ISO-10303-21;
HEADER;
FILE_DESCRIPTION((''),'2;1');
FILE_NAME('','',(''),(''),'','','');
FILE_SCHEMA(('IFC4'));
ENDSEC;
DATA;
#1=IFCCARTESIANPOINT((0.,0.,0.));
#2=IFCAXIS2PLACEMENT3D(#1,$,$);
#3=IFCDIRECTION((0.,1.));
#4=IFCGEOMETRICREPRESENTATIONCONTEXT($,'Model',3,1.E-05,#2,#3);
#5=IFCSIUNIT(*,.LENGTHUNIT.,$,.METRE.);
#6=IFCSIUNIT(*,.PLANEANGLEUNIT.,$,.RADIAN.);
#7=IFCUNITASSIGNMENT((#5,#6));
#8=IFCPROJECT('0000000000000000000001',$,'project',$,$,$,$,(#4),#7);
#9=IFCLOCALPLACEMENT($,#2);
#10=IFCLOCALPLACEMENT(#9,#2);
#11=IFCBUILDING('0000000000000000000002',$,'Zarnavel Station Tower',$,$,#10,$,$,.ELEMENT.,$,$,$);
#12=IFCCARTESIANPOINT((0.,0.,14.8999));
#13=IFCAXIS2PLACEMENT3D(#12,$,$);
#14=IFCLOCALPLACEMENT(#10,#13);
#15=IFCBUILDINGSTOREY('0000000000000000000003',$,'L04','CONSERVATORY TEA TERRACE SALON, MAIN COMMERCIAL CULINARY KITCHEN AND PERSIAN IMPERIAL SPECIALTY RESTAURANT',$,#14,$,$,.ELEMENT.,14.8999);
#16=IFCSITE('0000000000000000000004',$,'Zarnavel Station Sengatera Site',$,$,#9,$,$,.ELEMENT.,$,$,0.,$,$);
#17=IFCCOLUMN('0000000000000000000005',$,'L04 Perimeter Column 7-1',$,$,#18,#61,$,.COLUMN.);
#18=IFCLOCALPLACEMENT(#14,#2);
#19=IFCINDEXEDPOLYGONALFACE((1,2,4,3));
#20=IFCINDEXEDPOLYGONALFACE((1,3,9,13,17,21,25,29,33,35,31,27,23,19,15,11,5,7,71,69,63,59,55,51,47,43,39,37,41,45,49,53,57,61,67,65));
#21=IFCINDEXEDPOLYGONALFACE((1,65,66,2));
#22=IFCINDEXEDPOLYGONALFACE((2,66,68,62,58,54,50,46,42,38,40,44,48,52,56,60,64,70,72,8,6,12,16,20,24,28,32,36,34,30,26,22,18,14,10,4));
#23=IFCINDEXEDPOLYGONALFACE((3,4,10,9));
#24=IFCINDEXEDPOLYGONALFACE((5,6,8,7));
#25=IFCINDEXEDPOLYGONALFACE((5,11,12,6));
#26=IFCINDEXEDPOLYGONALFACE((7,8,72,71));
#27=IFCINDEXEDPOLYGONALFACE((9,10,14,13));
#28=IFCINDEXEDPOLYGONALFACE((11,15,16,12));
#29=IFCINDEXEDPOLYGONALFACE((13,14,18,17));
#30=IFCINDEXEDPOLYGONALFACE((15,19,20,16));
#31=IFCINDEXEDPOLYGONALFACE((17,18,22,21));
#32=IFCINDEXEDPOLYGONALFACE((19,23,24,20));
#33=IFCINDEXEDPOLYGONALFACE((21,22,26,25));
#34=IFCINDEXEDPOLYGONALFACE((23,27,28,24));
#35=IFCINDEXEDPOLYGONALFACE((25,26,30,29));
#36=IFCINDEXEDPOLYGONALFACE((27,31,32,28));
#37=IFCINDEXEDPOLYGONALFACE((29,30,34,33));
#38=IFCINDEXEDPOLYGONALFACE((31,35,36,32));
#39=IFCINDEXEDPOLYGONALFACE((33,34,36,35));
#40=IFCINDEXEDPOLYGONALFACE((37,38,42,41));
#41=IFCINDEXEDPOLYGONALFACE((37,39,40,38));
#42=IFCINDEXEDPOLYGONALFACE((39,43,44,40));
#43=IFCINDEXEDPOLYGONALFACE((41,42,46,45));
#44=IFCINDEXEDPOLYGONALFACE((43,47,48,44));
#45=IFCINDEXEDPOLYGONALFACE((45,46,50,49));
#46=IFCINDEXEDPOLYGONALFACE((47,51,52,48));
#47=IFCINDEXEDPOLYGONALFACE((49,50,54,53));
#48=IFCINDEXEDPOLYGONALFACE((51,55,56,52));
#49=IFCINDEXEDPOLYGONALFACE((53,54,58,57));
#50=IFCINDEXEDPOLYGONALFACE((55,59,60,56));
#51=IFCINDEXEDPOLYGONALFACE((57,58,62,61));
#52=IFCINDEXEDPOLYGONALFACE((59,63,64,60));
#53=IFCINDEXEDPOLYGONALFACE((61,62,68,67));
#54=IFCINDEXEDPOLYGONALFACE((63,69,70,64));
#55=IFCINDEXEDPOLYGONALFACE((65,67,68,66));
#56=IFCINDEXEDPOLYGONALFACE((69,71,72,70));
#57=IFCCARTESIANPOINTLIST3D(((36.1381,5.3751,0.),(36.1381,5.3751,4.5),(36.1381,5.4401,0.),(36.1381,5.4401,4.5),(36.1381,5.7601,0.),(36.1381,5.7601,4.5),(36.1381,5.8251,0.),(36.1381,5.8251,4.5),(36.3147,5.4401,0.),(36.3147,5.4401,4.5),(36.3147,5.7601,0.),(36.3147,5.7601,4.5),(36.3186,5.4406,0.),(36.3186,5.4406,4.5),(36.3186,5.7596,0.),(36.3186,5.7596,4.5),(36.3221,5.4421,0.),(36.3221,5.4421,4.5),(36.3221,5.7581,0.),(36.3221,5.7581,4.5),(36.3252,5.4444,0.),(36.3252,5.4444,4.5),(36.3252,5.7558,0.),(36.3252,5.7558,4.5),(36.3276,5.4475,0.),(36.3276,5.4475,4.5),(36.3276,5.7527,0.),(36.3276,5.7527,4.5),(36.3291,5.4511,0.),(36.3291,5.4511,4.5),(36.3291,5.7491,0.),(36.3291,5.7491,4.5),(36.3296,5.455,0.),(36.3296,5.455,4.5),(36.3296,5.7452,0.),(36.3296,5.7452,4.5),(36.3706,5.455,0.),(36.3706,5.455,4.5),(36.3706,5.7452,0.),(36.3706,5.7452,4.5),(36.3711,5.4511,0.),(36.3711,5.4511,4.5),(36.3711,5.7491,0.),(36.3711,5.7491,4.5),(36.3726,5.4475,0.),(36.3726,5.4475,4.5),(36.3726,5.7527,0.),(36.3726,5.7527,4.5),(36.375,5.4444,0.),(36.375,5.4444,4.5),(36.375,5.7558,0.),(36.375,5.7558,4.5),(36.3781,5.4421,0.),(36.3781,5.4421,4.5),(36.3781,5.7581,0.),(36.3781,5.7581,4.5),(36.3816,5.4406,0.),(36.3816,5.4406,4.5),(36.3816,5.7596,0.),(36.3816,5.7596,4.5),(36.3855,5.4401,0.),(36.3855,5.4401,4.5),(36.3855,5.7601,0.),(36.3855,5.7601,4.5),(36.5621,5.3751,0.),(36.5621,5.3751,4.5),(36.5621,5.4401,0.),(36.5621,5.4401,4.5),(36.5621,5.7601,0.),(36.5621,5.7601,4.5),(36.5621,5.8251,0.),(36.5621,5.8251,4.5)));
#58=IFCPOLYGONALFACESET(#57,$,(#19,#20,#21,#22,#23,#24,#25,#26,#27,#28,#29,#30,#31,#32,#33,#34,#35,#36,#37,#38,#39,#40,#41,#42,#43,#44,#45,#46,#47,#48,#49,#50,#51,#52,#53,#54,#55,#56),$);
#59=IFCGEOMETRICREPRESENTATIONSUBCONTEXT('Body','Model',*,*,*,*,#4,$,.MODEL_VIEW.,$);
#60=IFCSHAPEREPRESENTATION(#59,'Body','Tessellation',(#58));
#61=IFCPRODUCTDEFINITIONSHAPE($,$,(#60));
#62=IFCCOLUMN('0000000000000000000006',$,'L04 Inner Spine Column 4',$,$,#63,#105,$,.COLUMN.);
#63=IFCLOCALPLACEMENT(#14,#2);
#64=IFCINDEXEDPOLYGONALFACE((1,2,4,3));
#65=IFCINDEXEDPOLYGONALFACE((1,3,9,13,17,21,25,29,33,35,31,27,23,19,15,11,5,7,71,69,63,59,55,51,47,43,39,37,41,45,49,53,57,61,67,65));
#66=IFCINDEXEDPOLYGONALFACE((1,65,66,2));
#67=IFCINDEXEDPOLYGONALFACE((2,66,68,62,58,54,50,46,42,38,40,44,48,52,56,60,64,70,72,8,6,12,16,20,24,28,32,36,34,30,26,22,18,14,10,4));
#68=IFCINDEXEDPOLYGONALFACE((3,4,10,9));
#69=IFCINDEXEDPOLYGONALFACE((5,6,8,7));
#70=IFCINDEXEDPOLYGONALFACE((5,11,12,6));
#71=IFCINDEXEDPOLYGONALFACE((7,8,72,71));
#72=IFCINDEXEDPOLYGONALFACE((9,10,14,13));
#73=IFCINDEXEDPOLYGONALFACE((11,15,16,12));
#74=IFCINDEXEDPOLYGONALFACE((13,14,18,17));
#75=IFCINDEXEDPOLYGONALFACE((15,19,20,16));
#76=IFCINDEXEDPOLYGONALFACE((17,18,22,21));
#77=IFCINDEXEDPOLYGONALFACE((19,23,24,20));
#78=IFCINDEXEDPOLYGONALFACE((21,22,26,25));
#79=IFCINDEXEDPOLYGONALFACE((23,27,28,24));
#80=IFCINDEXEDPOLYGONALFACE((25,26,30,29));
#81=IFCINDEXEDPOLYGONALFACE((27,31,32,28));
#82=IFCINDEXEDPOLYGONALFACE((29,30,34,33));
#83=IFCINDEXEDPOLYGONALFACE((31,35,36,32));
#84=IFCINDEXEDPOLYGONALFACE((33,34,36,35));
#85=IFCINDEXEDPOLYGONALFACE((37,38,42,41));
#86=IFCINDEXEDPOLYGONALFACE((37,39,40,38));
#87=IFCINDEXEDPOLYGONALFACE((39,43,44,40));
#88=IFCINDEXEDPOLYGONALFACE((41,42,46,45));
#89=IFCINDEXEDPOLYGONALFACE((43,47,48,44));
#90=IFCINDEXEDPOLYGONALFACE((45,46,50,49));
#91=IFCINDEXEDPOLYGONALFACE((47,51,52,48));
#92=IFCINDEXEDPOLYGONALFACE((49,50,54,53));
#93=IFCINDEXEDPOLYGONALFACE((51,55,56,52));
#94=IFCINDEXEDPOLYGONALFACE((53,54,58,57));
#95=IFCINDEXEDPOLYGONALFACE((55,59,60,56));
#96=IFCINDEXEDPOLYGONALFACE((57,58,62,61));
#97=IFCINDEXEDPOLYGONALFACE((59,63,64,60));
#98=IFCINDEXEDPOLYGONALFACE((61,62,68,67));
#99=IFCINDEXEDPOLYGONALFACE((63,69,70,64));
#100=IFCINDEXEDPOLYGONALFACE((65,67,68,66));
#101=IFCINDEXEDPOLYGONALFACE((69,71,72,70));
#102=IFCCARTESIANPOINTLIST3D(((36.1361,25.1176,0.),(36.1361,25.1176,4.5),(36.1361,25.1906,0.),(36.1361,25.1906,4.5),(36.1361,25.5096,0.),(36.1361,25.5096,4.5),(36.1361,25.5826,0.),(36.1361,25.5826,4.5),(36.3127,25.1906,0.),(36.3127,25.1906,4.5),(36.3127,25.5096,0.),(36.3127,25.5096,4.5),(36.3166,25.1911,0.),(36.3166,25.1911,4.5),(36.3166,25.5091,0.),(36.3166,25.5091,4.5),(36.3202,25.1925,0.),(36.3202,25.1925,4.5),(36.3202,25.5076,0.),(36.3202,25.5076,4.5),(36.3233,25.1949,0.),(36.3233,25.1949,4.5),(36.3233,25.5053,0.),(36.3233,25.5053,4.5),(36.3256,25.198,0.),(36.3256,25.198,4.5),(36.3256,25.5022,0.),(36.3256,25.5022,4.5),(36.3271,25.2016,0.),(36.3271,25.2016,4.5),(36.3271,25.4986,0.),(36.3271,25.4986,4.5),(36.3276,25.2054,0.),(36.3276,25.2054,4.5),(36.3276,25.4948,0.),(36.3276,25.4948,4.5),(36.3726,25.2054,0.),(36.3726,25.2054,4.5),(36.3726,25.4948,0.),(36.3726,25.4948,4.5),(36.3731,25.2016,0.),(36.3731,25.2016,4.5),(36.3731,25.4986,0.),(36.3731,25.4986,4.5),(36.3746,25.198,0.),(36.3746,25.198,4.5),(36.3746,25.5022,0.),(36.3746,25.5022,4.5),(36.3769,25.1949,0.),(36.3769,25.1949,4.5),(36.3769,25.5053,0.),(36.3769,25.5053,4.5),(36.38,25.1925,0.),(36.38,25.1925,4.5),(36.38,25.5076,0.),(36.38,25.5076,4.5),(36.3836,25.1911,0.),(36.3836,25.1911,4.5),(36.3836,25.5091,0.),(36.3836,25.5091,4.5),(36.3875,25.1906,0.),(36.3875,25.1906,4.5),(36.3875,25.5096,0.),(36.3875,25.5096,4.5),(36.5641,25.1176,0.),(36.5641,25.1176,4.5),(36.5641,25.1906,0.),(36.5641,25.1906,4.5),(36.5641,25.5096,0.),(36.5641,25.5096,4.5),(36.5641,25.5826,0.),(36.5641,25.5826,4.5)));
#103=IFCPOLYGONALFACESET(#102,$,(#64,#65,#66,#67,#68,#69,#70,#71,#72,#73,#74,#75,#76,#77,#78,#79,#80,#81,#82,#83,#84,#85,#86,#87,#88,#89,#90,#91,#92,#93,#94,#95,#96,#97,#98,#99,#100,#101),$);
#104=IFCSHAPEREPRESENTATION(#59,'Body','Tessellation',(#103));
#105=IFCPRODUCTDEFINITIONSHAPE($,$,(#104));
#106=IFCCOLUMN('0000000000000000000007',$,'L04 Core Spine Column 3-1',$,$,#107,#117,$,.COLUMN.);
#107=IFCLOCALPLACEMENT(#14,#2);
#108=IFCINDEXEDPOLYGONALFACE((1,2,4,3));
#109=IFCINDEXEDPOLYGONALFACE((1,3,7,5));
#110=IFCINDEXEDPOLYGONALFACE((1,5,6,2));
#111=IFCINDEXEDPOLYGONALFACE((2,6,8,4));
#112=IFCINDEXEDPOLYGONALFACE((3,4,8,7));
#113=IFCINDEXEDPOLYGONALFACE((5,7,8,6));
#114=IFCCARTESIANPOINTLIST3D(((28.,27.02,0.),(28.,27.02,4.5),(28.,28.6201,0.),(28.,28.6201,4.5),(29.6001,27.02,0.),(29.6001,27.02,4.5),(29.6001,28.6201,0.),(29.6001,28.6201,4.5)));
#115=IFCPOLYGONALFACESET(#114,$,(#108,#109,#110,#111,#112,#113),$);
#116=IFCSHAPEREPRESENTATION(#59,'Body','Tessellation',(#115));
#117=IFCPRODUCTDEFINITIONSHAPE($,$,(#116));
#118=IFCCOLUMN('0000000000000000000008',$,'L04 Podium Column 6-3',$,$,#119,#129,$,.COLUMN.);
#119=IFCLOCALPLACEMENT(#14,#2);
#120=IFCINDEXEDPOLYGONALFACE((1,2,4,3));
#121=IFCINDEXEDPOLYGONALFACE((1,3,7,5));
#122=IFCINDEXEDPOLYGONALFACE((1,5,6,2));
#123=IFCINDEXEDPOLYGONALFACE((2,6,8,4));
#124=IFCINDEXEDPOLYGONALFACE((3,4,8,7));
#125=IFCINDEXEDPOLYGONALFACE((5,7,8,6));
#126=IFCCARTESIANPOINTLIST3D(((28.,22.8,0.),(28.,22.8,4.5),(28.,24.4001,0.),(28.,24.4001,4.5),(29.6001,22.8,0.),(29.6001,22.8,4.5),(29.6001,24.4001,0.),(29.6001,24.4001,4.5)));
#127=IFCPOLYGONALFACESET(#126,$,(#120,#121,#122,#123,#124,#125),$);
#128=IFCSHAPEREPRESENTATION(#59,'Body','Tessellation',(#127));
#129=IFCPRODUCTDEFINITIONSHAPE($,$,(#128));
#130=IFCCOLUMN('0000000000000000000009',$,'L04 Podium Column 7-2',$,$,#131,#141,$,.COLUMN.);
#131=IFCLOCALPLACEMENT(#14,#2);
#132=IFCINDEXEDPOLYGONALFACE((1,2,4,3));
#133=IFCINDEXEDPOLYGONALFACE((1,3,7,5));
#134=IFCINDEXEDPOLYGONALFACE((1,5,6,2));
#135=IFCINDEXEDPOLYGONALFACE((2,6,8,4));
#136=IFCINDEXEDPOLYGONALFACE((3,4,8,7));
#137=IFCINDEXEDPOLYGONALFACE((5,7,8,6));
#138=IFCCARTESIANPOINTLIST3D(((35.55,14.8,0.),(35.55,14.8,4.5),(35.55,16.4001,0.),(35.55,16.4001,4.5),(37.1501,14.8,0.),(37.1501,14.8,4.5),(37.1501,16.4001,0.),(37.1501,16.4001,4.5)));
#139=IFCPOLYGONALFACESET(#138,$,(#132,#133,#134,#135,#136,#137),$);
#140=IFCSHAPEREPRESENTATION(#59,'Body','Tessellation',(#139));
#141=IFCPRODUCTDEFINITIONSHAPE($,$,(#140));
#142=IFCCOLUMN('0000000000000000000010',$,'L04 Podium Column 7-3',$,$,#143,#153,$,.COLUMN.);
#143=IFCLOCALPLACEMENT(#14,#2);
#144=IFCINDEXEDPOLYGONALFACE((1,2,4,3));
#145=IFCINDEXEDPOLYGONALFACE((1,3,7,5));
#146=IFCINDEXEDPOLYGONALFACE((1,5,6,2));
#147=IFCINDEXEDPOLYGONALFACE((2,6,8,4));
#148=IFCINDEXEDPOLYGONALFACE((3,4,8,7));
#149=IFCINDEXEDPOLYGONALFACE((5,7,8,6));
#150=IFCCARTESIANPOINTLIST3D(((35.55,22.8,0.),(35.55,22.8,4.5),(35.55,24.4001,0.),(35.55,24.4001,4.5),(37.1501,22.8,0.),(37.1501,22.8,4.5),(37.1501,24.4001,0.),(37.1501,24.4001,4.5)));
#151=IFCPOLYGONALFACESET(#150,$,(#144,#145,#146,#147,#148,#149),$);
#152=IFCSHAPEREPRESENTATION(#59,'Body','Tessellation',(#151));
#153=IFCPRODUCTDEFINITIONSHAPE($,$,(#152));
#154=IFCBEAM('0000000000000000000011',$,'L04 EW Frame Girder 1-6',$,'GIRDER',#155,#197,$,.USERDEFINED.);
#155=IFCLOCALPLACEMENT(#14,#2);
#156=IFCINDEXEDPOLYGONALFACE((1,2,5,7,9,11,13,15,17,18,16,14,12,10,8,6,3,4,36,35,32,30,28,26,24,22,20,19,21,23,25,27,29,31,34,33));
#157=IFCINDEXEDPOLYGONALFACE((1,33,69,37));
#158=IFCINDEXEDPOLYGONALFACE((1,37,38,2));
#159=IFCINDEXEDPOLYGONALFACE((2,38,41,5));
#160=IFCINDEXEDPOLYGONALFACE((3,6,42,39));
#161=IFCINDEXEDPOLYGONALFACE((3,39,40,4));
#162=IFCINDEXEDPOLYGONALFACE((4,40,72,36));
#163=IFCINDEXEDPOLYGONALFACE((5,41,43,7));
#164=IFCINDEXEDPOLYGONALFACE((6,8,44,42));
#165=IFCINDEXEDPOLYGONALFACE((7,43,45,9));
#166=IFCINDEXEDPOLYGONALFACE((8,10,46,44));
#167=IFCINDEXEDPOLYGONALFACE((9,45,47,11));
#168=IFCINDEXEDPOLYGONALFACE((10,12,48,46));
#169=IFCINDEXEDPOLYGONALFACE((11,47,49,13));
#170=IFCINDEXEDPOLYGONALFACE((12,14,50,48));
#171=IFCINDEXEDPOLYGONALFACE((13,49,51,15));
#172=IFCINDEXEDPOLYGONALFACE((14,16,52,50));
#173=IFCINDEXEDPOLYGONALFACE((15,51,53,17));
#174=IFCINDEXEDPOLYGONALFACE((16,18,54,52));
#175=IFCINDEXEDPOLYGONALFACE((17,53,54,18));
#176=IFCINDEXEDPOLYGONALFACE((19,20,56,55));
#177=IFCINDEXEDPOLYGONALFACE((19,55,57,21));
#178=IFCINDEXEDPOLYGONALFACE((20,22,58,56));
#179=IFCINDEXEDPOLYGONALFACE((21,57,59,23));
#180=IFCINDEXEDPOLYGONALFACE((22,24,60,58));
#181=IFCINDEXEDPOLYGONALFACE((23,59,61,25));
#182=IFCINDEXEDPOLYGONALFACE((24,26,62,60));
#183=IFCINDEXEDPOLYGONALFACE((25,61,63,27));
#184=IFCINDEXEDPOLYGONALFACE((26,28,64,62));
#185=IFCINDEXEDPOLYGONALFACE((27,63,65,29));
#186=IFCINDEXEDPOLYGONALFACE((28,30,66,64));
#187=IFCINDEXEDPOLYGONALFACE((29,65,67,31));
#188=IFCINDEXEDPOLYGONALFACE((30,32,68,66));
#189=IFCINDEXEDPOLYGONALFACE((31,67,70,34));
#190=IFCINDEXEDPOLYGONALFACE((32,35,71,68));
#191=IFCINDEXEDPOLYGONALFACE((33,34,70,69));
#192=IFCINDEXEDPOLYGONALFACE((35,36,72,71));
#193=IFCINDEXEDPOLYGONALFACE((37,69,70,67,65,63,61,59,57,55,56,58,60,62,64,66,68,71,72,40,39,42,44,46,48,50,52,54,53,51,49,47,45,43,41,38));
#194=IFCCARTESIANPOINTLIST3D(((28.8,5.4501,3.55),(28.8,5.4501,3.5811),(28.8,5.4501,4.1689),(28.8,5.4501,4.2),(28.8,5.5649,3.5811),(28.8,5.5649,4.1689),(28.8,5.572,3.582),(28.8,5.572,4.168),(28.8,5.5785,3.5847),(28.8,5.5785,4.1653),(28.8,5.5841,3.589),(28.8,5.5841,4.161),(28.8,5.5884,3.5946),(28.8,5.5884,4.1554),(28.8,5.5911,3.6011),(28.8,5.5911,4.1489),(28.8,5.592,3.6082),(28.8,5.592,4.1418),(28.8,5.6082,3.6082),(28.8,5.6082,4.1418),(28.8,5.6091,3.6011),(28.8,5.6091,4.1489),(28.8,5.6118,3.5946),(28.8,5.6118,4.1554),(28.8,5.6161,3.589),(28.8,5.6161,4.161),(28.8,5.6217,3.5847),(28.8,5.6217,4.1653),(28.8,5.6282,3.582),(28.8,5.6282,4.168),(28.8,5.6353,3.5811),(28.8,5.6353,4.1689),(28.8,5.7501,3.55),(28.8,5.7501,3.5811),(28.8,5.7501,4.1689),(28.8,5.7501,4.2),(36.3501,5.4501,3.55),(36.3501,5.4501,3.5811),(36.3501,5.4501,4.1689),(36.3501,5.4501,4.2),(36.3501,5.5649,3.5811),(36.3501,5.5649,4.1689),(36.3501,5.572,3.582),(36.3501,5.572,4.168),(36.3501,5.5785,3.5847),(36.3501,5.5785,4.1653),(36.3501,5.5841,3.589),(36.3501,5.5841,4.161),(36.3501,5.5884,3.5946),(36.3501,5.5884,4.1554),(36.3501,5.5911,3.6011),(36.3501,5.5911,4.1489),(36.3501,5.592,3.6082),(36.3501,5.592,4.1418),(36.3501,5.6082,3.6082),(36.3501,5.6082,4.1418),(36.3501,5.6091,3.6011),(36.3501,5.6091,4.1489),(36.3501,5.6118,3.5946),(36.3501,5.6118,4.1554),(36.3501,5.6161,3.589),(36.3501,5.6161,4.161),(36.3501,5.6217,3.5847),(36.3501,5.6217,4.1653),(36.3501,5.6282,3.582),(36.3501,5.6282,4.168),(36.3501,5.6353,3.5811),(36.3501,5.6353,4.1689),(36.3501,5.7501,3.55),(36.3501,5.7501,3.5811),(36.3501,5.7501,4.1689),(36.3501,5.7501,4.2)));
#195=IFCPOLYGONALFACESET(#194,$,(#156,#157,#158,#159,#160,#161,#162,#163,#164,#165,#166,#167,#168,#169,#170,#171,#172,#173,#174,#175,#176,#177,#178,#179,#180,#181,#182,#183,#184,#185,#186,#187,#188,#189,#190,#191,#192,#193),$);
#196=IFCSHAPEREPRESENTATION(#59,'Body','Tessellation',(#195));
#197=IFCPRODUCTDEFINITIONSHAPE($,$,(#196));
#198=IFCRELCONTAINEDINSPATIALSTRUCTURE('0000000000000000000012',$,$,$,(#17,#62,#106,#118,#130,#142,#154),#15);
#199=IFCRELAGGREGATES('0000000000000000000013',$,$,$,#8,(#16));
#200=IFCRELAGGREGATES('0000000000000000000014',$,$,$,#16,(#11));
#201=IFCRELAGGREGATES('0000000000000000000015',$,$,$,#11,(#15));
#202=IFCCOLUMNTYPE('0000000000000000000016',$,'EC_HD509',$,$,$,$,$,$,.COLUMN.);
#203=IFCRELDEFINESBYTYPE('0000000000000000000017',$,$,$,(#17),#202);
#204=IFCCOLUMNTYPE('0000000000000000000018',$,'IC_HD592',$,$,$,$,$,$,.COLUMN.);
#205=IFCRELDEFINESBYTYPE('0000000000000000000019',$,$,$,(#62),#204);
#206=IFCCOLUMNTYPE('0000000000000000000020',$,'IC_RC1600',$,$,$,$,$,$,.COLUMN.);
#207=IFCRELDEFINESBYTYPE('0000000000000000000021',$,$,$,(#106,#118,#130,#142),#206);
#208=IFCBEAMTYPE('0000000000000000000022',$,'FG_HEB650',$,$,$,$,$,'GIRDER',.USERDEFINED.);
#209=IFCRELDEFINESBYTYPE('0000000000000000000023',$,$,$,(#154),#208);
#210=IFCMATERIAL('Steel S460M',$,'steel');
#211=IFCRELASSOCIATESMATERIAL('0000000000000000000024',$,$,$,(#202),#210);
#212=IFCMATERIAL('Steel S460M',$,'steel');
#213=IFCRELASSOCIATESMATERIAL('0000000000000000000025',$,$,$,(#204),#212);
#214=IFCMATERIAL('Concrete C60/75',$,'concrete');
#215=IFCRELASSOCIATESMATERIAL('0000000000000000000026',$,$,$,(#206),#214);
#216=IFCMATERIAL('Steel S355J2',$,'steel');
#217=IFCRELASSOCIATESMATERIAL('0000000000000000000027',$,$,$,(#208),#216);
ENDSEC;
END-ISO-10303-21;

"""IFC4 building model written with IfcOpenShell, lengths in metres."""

from ifc_helpers import new_model, si_unit, direction, frame, origin, origin_2d, place, context, subcontext, project, spatial, rectangle, i_section, extrude, material, material_profile, profile_set, type_object, element, save


model = new_model("IFC4")

# Units and contexts
model_context = context("Model", 3, precision=1e-05, world=origin(), true_north=direction((0.0, 1.0)))
body_context = subcontext(model_context, "Body", "Model", "MODEL_VIEW")
ifc_project = project(units=[si_unit("LENGTHUNIT", "METRE"), si_unit("PLANEANGLEUNIT", "RADIAN")], contexts=[model_context])

# Site, building, storey
site_placement = place(None, origin())
site = spatial("IfcSite", under=ifc_project, at=site_placement, Name="Zarnavel Station Sengatera Site", CompositionType="ELEMENT", RefElevation=0.0)
building_placement = place(site_placement, origin())
building = spatial("IfcBuilding", under=site, at=building_placement, Name="Zarnavel Station Tower", CompositionType="ELEMENT")
storey_placement = place(building_placement, frame((0.0, 0.0, 14.8999)))
storey = spatial("IfcBuildingStorey", under=building, at=storey_placement, Name="L04", Description="CONSERVATORY TEA TERRACE SALON, MAIN COMMERCIAL CULINARY KITCHEN AND PERSIAN IMPERIAL SPECIALTY RESTAURANT", CompositionType="ELEMENT", Elevation=14.8999)

# Columns
ifc_material_1 = material(Name="Steel S460M", Category="steel")
ifc_material_profile_1 = material_profile(ifc_material_1, i_section(OverallWidth=0.4241, OverallDepth=0.45, WebThickness=0.041, FlangeThickness=0.0649, FilletRadius=0.0149, at=origin_2d()), Name="HD400x509")
ifc_profile_set_1 = profile_set([ifc_material_profile_1], Name="Steel S460M")
column_type_1 = type_object("IfcColumnType", Name="EC_HD509", PredefinedType="COLUMN", material=ifc_profile_set_1)
column_1_placement = place(storey_placement, frame((36.3501, 5.6001, 0.0), z_axis=(0.0, 0.0, 1.0), x_axis=(1.0, 0.0, 0.0)))
element("IfcColumn", 1, at=column_1_placement, inside=storey, type_object=column_type_1, Name="L04 Perimeter Column 7-1", PredefinedType="COLUMN", context=body_context, shape_type="SweptSolid", body=[
    extrude(i_section(OverallWidth=0.4241, OverallDepth=0.45, WebThickness=0.041, FlangeThickness=0.0649, FilletRadius=0.0149, at=origin_2d()), origin(), (0.0, 0.0, 1.0), 4.5),
])
ifc_material_2 = material(Name="Steel S460M", Category="steel")
ifc_material_profile_2 = material_profile(ifc_material_2, i_section(OverallWidth=0.428, OverallDepth=0.4651, WebThickness=0.0449, FlangeThickness=0.073, FilletRadius=0.0149, at=origin_2d()), Name="HD400x592")
ifc_profile_set_2 = profile_set([ifc_material_profile_2], Name="Steel S460M")
column_type_2 = type_object("IfcColumnType", Name="IC_HD592", PredefinedType="COLUMN", material=ifc_profile_set_2)
column_2_placement = place(storey_placement, frame((36.3501, 25.3501, 0.0), z_axis=(0.0, 0.0, 1.0), x_axis=(1.0, 0.0, 0.0)))
element("IfcColumn", 2, at=column_2_placement, inside=storey, type_object=column_type_2, Name="L04 Inner Spine Column 4", PredefinedType="COLUMN", context=body_context, shape_type="SweptSolid", body=[
    extrude(i_section(OverallWidth=0.428, OverallDepth=0.4651, WebThickness=0.0449, FlangeThickness=0.073, FilletRadius=0.0149, at=origin_2d()), origin(), (0.0, 0.0, 1.0), 4.5),
])
ifc_material_3 = material(Name="Concrete C60/75", Category="concrete")
ifc_material_profile_3 = material_profile(ifc_material_3, rectangle(XDim=1.6001, YDim=1.6001, at=origin_2d()), Name="RC1600x1600")
ifc_profile_set_3 = profile_set([ifc_material_profile_3], Name="Concrete C60/75")
column_type_3 = type_object("IfcColumnType", Name="IC_RC1600", PredefinedType="COLUMN", material=ifc_profile_set_3)
for number, where, z_axis, x_axis, name in (
    (3, (28.8, 27.8201, 0.0), (0.0, 0.0, 1.0), (1.0, 0.0, 0.0), "L04 Core Spine Column 3-1"),
    (4, (28.8, 23.6001, 0.0), (0.0, 0.0, 1.0), (1.0, 0.0, 0.0), "L04 Podium Column 6-3"),
    (5, (36.3501, 15.6001, 0.0), (0.0, 0.0, 1.0), (1.0, 0.0, 0.0), "L04 Podium Column 7-2"),
    (6, (36.3501, 23.6001, 0.0), (0.0, 0.0, 1.0), (1.0, 0.0, 0.0), "L04 Podium Column 7-3"),
):
    element("IfcColumn", number, at=place(storey_placement, frame(where, z_axis=z_axis, x_axis=x_axis)), inside=storey, type_object=column_type_3, Name=name, PredefinedType="COLUMN", context=body_context, shape_type="SweptSolid", body=[
        extrude(rectangle(XDim=1.6001, YDim=1.6001, at=origin_2d()), origin(), (0.0, 0.0, 1.0), 4.5),
    ])

# Beam
ifc_material_4 = material(Name="Steel S355J2", Category="steel")
ifc_material_profile_4 = material_profile(ifc_material_4, i_section(OverallWidth=0.3, OverallDepth=0.6499, WebThickness=0.0161, FlangeThickness=0.031, FilletRadius=0.0271, at=origin_2d()), Name="HEB650")
ifc_profile_set_4 = profile_set([ifc_material_profile_4], Name="Steel S355J2")
beam_type_1 = type_object("IfcBeamType", Name="FG_HEB650", ElementType="GIRDER", PredefinedType="USERDEFINED", material=ifc_profile_set_4)
beam_1_placement = place(storey_placement, frame((28.8, 5.6001, 3.875), z_axis=(1.0, 0.0, 0.0), x_axis=(0.0, 1.0, 0.0)))
element("IfcBeam", 7, at=beam_1_placement, inside=storey, type_object=beam_type_1, Name="L04 EW Frame Girder 1-6", ObjectType="GIRDER", PredefinedType="USERDEFINED", context=body_context, shape_type="SweptSolid", body=[
    extrude(i_section(OverallWidth=0.3, OverallDepth=0.6499, WebThickness=0.0161, FlangeThickness=0.031, FilletRadius=0.0271, at=origin_2d()), origin(), (0.0, 0.0, 1.0), 7.55),
])

save(model, "model.ifc")
